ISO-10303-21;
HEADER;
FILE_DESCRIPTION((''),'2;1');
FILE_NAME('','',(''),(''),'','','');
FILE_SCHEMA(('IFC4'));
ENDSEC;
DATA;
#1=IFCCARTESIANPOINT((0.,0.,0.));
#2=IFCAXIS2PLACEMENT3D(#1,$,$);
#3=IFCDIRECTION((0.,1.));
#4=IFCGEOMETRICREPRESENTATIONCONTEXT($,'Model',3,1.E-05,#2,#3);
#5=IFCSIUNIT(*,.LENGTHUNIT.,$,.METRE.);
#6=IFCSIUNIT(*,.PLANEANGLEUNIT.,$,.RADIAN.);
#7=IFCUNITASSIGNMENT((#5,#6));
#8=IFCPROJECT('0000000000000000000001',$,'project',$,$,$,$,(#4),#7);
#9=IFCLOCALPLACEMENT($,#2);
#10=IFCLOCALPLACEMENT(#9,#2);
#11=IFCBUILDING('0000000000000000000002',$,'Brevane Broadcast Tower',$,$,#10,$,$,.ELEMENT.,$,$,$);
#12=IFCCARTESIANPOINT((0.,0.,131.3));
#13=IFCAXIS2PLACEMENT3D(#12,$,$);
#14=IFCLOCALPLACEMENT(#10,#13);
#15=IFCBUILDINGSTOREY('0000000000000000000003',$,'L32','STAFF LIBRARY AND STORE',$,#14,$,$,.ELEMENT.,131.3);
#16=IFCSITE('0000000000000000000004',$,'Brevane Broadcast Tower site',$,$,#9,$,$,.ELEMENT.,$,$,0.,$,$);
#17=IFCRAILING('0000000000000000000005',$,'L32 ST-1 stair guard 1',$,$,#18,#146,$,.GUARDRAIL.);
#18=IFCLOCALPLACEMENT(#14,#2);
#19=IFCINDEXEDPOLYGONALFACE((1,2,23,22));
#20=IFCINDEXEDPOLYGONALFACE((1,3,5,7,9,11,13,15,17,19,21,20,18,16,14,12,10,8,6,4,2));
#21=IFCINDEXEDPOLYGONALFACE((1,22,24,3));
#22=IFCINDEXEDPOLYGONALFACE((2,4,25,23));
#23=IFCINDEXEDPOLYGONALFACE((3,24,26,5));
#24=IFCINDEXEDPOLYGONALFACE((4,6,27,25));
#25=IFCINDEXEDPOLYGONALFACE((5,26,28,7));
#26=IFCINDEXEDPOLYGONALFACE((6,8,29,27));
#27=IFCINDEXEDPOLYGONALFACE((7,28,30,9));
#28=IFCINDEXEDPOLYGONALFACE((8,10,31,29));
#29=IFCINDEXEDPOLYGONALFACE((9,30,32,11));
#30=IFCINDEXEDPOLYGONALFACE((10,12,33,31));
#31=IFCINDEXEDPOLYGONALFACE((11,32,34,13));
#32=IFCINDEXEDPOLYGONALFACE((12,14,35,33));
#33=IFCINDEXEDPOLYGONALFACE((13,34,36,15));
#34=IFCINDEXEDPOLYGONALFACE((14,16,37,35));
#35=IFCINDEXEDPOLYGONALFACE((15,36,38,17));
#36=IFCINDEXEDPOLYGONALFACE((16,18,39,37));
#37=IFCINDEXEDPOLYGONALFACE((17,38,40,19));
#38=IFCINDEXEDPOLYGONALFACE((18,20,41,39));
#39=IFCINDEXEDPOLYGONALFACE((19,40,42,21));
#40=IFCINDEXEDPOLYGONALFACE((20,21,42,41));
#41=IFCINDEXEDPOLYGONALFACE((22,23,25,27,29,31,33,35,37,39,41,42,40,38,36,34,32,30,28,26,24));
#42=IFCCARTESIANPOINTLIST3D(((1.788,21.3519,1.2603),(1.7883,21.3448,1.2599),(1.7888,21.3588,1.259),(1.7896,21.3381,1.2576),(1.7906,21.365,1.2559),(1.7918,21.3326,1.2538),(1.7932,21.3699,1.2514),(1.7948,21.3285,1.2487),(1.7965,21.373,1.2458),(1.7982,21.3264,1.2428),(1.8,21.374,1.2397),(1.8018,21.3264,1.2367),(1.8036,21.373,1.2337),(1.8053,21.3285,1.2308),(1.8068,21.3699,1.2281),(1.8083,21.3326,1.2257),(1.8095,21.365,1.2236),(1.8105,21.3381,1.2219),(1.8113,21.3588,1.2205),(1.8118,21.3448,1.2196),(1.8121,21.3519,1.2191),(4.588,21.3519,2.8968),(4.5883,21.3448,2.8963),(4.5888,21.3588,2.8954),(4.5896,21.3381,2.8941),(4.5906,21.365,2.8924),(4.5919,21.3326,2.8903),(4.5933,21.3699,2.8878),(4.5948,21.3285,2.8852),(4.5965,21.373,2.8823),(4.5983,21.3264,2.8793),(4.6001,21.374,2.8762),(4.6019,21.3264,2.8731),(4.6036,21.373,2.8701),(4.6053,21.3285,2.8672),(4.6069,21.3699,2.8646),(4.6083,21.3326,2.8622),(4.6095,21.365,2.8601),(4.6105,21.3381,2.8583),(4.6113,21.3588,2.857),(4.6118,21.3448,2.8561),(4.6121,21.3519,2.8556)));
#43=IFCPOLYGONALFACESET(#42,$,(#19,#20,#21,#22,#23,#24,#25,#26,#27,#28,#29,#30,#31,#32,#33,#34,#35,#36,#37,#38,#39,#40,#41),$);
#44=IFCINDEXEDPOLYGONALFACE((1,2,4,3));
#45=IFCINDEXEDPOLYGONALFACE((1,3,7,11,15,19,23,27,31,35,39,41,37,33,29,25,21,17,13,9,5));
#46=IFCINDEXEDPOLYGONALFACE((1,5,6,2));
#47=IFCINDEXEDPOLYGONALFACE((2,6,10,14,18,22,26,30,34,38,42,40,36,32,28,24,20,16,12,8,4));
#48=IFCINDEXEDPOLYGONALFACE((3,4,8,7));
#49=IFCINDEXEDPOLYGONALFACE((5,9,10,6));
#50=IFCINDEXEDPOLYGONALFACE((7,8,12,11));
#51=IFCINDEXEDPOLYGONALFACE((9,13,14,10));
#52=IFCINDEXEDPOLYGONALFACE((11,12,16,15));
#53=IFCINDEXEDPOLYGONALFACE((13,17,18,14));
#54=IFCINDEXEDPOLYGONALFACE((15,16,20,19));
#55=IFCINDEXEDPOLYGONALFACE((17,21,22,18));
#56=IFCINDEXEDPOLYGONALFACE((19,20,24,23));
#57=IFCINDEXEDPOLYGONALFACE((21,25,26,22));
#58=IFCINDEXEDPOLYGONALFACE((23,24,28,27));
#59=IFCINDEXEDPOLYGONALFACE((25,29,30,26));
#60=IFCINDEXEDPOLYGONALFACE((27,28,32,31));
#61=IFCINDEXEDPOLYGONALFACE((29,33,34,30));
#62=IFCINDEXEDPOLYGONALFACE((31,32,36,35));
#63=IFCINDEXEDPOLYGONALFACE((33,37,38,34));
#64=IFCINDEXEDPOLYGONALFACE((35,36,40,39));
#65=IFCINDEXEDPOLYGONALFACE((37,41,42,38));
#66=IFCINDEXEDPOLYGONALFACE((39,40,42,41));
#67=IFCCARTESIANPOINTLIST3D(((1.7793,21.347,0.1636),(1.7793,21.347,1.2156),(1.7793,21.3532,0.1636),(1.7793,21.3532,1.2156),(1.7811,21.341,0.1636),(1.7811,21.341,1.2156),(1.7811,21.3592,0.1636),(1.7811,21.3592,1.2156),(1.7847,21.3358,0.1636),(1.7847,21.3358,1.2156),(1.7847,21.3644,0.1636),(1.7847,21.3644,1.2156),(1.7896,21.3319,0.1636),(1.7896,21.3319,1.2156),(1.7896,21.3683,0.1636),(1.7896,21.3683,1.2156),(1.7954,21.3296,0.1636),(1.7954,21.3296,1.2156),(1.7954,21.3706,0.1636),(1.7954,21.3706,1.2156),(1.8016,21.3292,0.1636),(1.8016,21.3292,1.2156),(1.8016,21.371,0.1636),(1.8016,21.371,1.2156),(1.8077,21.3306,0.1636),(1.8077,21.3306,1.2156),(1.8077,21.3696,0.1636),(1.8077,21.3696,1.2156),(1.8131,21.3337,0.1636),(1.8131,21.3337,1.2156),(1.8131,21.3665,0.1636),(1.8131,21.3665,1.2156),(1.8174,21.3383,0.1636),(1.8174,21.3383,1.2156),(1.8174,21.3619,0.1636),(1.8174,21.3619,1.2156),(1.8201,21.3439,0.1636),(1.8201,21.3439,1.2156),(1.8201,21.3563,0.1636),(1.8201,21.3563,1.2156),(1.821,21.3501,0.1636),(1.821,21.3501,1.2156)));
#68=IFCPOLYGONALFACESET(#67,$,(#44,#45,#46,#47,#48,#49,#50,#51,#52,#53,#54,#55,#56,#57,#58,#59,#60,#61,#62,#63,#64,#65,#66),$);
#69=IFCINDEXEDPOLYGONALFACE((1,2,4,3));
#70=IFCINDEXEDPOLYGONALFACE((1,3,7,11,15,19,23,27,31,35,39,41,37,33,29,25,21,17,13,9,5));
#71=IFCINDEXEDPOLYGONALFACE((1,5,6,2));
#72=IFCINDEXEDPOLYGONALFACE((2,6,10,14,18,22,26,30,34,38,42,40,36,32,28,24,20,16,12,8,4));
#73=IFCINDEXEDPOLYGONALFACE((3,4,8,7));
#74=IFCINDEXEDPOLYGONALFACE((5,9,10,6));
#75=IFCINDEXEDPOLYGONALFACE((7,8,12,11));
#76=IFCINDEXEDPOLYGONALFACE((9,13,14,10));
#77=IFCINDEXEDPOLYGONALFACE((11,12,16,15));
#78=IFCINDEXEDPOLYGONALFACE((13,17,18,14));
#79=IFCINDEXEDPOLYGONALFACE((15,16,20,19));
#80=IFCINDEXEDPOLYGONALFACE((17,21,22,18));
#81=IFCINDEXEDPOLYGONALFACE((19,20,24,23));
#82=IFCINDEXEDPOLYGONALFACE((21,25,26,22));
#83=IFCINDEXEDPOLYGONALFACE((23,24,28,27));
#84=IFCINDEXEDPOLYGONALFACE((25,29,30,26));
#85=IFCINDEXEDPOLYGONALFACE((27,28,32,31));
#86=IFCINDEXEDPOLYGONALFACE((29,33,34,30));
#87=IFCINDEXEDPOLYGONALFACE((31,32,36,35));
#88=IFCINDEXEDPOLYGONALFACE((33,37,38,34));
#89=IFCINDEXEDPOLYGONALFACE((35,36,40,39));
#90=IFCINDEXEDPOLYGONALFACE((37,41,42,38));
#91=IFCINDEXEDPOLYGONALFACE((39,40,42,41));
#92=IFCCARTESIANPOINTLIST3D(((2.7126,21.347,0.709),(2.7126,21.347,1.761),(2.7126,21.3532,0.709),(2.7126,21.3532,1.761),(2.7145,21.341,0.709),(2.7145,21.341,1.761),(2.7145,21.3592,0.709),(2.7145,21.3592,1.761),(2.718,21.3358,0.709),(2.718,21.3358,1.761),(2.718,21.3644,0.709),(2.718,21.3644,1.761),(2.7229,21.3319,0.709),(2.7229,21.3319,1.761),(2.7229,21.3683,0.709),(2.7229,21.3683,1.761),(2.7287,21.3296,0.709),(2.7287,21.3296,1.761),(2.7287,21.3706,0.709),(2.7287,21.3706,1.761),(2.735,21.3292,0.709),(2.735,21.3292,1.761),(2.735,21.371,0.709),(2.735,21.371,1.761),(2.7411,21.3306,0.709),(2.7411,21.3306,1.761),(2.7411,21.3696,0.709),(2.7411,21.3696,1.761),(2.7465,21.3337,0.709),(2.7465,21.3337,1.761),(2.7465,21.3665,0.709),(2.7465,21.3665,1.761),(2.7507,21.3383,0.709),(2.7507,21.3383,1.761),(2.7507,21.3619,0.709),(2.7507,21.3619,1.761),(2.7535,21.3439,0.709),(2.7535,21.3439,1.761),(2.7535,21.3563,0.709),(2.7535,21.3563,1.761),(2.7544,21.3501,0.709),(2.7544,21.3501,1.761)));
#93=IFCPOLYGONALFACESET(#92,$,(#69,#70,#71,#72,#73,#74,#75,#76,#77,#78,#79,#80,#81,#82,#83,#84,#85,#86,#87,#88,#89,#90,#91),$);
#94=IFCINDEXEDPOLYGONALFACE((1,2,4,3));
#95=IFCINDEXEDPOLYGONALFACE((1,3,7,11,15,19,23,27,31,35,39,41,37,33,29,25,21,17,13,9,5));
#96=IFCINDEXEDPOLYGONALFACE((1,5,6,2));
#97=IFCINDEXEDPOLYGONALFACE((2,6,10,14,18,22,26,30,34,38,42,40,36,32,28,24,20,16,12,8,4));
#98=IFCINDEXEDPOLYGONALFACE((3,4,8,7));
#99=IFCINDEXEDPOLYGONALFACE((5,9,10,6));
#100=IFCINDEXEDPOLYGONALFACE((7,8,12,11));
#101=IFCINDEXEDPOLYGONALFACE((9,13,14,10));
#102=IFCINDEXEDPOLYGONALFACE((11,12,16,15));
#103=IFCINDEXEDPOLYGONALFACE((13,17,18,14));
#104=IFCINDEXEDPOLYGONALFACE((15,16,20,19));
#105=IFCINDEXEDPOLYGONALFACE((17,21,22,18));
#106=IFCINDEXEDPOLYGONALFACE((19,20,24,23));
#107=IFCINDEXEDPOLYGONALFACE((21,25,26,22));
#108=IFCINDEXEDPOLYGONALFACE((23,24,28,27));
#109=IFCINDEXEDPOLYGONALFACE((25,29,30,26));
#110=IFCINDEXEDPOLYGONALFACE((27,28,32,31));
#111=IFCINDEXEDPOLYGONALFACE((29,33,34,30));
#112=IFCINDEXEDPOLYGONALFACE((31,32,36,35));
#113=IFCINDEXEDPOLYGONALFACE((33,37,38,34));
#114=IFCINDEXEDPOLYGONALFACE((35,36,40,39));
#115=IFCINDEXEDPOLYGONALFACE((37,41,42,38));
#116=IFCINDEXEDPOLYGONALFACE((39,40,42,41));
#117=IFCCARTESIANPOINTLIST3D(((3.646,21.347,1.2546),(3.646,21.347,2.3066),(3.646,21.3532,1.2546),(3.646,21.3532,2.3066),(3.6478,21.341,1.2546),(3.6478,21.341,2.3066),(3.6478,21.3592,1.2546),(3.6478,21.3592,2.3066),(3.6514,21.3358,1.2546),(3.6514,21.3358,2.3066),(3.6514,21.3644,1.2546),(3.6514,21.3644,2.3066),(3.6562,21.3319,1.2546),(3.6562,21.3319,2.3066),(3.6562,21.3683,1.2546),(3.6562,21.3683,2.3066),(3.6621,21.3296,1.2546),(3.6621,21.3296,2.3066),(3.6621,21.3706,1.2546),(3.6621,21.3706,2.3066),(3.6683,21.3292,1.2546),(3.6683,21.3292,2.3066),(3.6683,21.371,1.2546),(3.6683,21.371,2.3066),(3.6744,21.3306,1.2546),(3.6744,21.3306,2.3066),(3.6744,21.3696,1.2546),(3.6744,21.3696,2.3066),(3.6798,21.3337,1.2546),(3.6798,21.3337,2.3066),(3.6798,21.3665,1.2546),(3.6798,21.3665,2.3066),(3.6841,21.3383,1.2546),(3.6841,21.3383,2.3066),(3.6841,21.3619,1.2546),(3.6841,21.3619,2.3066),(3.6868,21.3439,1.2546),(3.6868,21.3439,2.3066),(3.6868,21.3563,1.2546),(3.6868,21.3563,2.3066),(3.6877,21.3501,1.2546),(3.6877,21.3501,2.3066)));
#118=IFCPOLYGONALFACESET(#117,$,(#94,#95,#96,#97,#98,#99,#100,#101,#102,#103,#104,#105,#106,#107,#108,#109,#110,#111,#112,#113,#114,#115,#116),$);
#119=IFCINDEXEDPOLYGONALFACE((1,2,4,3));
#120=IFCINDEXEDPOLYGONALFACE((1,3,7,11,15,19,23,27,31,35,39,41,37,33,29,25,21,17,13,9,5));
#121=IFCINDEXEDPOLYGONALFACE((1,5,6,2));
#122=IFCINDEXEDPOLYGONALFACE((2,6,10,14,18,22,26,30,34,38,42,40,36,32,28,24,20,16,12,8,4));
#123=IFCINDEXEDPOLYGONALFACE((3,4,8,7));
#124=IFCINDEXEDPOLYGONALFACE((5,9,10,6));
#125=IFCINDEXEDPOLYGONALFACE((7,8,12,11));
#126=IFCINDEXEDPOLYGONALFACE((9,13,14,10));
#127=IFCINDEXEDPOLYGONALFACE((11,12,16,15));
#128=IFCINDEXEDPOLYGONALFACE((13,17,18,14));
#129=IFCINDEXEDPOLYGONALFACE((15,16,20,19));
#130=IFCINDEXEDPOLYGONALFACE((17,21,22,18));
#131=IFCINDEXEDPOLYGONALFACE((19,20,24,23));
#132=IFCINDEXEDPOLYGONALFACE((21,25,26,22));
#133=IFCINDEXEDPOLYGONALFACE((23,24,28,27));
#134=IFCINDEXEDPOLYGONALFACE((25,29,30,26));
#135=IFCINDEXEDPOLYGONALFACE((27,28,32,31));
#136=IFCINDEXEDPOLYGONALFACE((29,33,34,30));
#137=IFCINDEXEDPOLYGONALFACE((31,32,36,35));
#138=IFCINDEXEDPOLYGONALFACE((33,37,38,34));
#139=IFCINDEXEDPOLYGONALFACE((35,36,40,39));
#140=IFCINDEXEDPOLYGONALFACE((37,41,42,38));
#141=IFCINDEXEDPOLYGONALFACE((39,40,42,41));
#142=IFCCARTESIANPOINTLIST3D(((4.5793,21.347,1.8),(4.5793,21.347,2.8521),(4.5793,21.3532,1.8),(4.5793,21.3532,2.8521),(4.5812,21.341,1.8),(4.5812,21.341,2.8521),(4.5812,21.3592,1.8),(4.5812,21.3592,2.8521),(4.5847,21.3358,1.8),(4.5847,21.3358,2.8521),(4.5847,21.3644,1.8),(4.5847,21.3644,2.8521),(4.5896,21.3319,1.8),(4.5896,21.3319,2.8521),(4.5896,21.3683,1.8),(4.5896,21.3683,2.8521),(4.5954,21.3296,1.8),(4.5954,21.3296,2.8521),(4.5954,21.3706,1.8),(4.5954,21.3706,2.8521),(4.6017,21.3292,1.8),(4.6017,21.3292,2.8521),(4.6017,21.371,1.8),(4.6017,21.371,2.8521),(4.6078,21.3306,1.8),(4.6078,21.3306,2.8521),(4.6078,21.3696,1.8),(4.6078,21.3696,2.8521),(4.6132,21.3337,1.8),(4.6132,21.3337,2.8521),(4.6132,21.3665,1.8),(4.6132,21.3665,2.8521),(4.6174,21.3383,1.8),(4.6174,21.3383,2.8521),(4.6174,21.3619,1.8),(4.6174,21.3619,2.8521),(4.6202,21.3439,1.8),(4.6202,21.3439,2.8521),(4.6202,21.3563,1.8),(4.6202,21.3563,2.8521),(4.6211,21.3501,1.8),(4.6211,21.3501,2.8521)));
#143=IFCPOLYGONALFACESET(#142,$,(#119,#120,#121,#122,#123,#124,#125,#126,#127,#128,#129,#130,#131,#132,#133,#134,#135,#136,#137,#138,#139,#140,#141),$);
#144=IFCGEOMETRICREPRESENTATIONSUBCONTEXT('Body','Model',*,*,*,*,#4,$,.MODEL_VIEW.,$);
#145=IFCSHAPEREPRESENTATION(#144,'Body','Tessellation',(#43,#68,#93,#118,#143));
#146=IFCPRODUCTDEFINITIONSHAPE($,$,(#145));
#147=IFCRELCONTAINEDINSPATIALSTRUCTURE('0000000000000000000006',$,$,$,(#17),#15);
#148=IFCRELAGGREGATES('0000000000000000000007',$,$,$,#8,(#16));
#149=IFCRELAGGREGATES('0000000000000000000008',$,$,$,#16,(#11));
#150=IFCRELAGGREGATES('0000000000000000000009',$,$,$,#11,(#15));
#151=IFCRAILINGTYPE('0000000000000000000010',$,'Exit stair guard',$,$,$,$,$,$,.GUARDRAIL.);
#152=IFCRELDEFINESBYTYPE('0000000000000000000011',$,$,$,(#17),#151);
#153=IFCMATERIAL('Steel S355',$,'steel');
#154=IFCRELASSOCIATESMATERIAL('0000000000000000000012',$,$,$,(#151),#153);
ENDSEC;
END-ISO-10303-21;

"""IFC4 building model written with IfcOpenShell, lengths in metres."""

from ifc_helpers import new_model, si_unit, direction, frame, origin, origin_2d, place, context, subcontext, project, spatial, circle, extrude, material, type_object, element, save


model = new_model("IFC4")

# Units and contexts
model_context = context("Model", 3, precision=1e-05, world=origin(), true_north=direction((0.0, 1.0)))
body_context = subcontext(model_context, "Body", "Model", "MODEL_VIEW")
ifc_project = project(units=[si_unit("LENGTHUNIT", "METRE"), si_unit("PLANEANGLEUNIT", "RADIAN")], contexts=[model_context])

# Site, building, storey
site_placement = place(None, origin())
site = spatial("IfcSite", under=ifc_project, at=site_placement, Name="Brevane Broadcast Tower site", CompositionType="ELEMENT", RefElevation=0.0)
building_placement = place(site_placement, origin())
building = spatial("IfcBuilding", under=site, at=building_placement, Name="Brevane Broadcast Tower", CompositionType="ELEMENT")
storey_placement = place(building_placement, frame((0.0, 0.0, 131.3)))
storey = spatial("IfcBuildingStorey", under=building, at=storey_placement, Name="L32", Description="STAFF LIBRARY AND STORE", CompositionType="ELEMENT", Elevation=131.3)

# Railing
ifc_material_1 = material(Name="Steel S355", Category="steel")
railing_type = type_object("IfcRailingType", Name="Exit stair guard", PredefinedType="GUARDRAIL", material=ifc_material_1)
railing_placement = place(storey_placement, frame((1.8, 21.3501, 0.1636)))
element("IfcRailing", 1, at=railing_placement, inside=storey, type_object=railing_type, Name="L32 ST-1 stair guard 1", PredefinedType="GUARDRAIL", context=body_context, shape_type="SweptSolid", body=[
    extrude(circle(Radius=0.0239, at=origin_2d()), frame((0.0, 0.0, 1.0762), z_axis=(0.863361, 0.0, 0.504587), x_axis=(0.0, 1.0, 0.0)), (0.0, 0.0, 1.0), 3.2432),
    extrude(circle(Radius=0.021, at=origin_2d()), origin(), (0.0, 0.0, 1.0), 1.052),
    extrude(circle(Radius=0.021, at=origin_2d()), frame((0.9333, 0.0, 0.5454)), (0.0, 0.0, 1.0), 1.052),
    extrude(circle(Radius=0.021, at=origin_2d()), frame((1.8667, 0.0, 1.0911)), (0.0, 0.0, 1.0), 1.052),
    extrude(circle(Radius=0.021, at=origin_2d()), frame((2.8, 0.0, 1.6365)), (0.0, 0.0, 1.0), 1.052),
])

save(model, "model.ifc")
